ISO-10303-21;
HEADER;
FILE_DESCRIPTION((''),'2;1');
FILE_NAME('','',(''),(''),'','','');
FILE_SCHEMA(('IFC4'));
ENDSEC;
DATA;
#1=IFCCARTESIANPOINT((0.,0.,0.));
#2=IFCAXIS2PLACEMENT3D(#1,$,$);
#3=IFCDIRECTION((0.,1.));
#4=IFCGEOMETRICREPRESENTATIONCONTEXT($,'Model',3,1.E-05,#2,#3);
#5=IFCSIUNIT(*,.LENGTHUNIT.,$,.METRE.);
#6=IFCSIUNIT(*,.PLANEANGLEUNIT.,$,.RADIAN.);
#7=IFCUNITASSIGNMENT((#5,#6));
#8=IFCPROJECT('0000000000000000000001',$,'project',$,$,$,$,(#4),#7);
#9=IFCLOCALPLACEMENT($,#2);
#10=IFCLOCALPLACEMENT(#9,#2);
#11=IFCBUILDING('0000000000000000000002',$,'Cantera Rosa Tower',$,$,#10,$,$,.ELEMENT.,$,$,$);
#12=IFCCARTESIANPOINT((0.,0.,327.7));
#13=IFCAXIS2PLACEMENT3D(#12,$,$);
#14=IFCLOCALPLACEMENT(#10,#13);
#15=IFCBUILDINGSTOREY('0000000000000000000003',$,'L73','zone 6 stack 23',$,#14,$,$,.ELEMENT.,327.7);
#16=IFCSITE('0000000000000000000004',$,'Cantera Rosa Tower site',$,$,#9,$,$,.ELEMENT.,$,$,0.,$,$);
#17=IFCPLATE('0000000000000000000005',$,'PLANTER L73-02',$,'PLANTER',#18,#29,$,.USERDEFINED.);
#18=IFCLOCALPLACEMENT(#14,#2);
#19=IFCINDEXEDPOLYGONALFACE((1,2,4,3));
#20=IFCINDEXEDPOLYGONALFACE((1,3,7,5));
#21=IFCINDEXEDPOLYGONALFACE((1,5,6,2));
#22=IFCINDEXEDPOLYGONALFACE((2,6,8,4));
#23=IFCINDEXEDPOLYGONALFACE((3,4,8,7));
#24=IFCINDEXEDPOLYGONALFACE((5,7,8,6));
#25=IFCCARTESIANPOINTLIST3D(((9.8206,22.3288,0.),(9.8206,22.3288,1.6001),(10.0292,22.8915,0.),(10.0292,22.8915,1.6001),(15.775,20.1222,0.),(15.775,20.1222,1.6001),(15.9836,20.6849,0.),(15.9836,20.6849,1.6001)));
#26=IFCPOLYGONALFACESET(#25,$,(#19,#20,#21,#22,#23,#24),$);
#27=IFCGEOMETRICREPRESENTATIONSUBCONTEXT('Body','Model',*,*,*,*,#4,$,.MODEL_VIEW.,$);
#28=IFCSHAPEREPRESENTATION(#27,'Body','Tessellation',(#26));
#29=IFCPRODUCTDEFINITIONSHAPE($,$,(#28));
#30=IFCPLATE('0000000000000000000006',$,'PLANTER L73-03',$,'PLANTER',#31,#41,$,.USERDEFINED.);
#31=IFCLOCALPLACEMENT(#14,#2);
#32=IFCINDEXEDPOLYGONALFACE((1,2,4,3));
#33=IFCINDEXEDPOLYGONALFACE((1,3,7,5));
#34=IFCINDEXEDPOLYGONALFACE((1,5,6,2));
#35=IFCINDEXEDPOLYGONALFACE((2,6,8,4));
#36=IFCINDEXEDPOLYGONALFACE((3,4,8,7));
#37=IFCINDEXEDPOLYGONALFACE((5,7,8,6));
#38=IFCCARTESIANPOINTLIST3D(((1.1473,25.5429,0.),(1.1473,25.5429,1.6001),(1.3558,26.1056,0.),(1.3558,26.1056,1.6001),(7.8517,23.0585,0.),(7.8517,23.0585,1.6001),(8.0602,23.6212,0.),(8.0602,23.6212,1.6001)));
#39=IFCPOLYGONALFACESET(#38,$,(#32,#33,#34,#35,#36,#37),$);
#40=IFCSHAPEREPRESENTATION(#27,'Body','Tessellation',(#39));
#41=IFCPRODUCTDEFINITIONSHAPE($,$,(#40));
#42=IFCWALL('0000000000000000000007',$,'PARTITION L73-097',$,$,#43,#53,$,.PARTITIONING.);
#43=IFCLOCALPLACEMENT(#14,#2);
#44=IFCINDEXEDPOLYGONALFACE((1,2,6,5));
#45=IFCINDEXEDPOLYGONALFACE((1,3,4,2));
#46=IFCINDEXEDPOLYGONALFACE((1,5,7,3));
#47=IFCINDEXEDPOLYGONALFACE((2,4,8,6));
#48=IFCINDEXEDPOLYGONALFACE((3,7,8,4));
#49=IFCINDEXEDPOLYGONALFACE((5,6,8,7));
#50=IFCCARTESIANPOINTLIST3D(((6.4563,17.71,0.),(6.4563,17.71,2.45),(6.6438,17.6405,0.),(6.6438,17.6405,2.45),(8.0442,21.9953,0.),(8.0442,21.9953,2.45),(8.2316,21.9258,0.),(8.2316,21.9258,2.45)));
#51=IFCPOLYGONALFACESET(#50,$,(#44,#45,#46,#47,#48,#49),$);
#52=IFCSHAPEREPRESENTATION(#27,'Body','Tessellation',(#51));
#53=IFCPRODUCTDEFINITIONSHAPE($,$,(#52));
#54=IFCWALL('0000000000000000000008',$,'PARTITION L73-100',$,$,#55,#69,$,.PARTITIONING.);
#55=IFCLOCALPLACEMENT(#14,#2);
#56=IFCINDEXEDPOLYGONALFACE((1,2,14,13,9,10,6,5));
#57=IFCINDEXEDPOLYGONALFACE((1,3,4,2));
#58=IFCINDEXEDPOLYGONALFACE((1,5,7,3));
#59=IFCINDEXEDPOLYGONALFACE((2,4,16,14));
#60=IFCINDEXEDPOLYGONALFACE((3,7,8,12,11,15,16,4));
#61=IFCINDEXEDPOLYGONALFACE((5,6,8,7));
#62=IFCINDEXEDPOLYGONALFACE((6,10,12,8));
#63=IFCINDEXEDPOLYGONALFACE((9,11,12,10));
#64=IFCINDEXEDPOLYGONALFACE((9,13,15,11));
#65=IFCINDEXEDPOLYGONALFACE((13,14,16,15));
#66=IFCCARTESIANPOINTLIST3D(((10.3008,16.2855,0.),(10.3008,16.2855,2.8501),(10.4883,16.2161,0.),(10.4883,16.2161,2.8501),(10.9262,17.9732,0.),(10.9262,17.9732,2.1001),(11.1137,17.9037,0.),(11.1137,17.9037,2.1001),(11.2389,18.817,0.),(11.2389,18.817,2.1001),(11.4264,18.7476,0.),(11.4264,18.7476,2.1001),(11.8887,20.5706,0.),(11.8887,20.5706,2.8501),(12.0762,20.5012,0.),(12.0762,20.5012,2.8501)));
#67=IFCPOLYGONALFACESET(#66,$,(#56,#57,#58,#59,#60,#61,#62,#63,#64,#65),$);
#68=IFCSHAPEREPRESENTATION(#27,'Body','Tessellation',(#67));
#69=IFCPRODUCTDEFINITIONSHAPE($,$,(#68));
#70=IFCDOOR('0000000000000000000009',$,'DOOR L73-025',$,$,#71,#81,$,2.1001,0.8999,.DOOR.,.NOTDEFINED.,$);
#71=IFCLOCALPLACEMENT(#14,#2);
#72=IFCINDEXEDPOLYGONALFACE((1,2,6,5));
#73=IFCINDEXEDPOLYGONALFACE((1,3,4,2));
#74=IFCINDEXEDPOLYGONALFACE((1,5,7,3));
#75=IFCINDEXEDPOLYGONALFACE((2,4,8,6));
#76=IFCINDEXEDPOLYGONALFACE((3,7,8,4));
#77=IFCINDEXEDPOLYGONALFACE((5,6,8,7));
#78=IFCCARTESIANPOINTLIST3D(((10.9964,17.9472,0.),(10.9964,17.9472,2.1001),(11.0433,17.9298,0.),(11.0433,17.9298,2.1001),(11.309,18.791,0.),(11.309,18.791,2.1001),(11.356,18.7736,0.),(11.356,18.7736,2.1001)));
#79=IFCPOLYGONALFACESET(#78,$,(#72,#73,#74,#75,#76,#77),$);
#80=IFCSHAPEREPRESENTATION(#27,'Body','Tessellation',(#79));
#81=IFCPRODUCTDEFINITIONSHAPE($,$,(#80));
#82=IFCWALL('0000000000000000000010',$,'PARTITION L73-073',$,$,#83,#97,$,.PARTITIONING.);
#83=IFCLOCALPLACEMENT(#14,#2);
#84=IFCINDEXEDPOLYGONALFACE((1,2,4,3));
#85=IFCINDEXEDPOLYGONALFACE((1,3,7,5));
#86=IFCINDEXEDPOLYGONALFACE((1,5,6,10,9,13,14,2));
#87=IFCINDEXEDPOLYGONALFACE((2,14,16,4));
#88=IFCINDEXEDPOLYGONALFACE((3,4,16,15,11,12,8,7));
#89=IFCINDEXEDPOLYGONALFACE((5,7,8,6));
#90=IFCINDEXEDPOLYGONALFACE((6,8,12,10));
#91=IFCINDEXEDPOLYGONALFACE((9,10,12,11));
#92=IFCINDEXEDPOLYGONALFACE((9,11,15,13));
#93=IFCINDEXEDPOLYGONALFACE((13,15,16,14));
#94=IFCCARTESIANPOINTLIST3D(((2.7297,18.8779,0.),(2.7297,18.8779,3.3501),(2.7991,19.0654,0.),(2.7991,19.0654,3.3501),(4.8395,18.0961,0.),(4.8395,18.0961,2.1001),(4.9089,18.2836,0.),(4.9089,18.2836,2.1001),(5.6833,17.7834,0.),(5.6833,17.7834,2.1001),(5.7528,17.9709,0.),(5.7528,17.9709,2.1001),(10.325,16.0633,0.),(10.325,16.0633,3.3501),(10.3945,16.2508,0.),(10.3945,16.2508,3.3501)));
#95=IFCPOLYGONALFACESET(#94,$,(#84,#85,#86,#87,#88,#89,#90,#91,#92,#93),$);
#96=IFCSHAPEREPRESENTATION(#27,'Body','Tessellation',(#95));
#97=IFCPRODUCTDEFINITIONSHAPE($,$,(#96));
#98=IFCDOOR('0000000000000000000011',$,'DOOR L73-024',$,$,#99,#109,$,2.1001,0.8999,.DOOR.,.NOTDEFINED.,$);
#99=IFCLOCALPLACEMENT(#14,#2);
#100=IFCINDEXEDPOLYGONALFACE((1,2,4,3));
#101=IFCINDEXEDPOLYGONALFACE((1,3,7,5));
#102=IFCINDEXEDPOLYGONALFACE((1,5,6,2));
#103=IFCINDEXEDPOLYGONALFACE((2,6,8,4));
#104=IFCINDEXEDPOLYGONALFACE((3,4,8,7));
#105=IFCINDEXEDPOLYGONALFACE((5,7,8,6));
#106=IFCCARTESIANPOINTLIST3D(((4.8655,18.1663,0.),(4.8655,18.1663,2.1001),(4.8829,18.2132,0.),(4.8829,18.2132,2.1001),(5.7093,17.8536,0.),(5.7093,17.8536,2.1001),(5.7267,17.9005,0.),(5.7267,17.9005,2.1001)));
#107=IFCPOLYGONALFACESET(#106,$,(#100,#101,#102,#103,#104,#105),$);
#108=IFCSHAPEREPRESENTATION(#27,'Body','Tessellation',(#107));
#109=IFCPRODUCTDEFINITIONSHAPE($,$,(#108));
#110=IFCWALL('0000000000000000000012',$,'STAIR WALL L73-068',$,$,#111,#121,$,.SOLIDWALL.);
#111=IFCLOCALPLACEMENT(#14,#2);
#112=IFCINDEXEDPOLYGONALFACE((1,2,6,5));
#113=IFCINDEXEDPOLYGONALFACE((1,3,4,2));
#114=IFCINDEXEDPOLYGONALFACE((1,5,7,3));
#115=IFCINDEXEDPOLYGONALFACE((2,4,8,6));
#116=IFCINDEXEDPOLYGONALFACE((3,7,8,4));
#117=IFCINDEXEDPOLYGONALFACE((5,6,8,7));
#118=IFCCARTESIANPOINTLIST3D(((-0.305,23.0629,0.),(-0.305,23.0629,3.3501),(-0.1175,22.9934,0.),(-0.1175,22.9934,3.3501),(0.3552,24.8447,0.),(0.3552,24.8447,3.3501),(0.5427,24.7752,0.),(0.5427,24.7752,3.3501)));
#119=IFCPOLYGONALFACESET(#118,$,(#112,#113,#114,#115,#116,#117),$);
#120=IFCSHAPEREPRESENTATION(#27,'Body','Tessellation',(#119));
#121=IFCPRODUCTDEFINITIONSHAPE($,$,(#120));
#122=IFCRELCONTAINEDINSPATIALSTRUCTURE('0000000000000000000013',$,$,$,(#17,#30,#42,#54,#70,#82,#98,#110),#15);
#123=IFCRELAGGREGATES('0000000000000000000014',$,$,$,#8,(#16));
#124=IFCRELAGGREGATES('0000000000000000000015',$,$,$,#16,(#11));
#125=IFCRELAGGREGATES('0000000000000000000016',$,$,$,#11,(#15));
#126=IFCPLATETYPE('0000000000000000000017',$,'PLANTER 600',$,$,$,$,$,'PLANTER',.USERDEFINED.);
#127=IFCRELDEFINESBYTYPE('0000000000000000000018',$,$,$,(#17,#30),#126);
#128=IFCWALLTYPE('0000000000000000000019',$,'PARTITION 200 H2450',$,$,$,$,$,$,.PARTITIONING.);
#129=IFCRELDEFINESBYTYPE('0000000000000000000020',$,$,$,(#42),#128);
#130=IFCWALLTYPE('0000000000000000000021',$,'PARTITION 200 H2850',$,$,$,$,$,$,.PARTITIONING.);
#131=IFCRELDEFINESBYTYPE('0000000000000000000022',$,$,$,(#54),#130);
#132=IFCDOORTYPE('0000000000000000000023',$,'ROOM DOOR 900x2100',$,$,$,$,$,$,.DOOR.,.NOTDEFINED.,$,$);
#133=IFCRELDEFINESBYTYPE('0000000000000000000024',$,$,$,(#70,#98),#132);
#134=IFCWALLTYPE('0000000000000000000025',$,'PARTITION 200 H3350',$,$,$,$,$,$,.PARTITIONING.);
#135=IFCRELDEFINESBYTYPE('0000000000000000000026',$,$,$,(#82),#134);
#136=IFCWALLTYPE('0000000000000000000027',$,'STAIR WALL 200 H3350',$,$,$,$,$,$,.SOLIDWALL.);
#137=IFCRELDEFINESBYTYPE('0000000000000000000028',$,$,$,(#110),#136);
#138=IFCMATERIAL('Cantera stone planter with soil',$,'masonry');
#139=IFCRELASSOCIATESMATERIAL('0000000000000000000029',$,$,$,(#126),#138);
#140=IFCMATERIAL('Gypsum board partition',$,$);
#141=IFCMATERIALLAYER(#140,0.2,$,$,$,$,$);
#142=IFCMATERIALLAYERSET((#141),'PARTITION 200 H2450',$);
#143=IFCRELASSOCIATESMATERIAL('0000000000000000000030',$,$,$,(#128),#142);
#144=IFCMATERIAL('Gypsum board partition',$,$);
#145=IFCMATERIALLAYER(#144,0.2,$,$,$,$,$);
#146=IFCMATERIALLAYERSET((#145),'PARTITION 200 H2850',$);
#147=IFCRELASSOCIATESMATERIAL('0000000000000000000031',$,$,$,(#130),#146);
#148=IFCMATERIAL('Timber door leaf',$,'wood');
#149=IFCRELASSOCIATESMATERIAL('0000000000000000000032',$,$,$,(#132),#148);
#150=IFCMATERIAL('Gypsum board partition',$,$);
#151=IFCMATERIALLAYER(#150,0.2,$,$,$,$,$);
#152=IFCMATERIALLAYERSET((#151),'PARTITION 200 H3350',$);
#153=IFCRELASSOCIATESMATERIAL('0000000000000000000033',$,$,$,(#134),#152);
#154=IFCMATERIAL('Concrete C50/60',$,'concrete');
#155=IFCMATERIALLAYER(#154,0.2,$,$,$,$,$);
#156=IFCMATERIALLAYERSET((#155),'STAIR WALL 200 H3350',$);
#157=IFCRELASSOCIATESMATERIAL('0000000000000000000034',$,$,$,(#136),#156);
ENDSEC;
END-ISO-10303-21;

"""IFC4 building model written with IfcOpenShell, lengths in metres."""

from ifc_helpers import new_model, si_unit, direction, frame, frame_2d, origin, origin_2d, place, context, subcontext, project, spatial, rectangle, extrude, material, layer, layer_set, type_object, element, fill, save


model = new_model("IFC4")

# Units and contexts
model_context = context("Model", 3, precision=1e-05, world=origin(), true_north=direction((0.0, 1.0)))
body_context = subcontext(model_context, "Body", "Model", "MODEL_VIEW")
ifc_project = project(units=[si_unit("LENGTHUNIT", "METRE"), si_unit("PLANEANGLEUNIT", "RADIAN")], contexts=[model_context])

# Site, building, storey
site_placement = place(None, origin())
site = spatial("IfcSite", under=ifc_project, at=site_placement, Name="Cantera Rosa Tower site", CompositionType="ELEMENT", RefElevation=0.0)
building_placement = place(site_placement, origin())
building = spatial("IfcBuilding", under=site, at=building_placement, Name="Cantera Rosa Tower", CompositionType="ELEMENT")
storey_placement = place(building_placement, frame((0.0, 0.0, 327.7)))
storey = spatial("IfcBuildingStorey", under=building, at=storey_placement, Name="L73", Description="zone 6 stack 23", CompositionType="ELEMENT", Elevation=327.7)

# Plates
ifc_material_1 = material(Name="Cantera stone planter with soil", Category="masonry")
plate_type = type_object("IfcPlateType", Name="PLANTER 600", ElementType="PLANTER", PredefinedType="USERDEFINED", material=ifc_material_1)
plate_1_placement = place(storey_placement, frame((12.9021, 21.5068, 0.0), z_axis=(0.0, 0.0, 1.0), x_axis=(-0.937687, 0.347481, 0.0)))
element("IfcPlate", 1, at=plate_1_placement, inside=storey, type_object=plate_type, Name="PLANTER L73-02", ObjectType="PLANTER", PredefinedType="USERDEFINED", context=body_context, shape_type="SweptSolid", body=[
    extrude(rectangle(XDim=6.3501, YDim=0.6001, at=origin_2d()), origin(), (0.0, 0.0, 1.0), 1.6001),
])
plate_2_placement = place(storey_placement, frame((4.6038, 24.582, 0.0), z_axis=(0.0, 0.0, 1.0), x_axis=(-0.937687, 0.347481, 0.0)))
element("IfcPlate", 2, at=plate_2_placement, inside=storey, type_object=plate_type, Name="PLANTER L73-03", ObjectType="PLANTER", PredefinedType="USERDEFINED", context=body_context, shape_type="SweptSolid", body=[
    extrude(rectangle(XDim=7.1499, YDim=0.6001, at=origin_2d()), origin(), (0.0, 0.0, 1.0), 1.6001),
])

# Wall
ifc_material_2 = material(Name="Gypsum board partition")
ifc_layer_1 = layer(ifc_material_2, 0.2)
ifc_layer_set_1 = layer_set([ifc_layer_1], Name="PARTITION 200 H2450")
wall_type_1 = type_object("IfcWallType", Name="PARTITION 200 H2450", PredefinedType="PARTITIONING", material=ifc_layer_set_1)
wall_1_placement = place(storey_placement, frame((8.1379, 21.9607, 0.0), z_axis=(0.0, 0.0, 1.0), x_axis=(-0.34745, -0.937698, 0.0)))
element("IfcWall", 3, at=wall_1_placement, inside=storey, type_object=wall_type_1, Name="PARTITION L73-097", PredefinedType="PARTITIONING", context=body_context, shape_type="SweptSolid", body=[
    extrude(rectangle(XDim=4.5701, YDim=0.2, at=frame_2d((2.2852, 0.0))), origin(), (0.0, 0.0, 1.0), 2.45),
])

# Walls, openings, doors
ifc_material_3 = material(Name="Gypsum board partition")
ifc_layer_2 = layer(ifc_material_3, 0.2)
ifc_layer_set_2 = layer_set([ifc_layer_2], Name="PARTITION 200 H2850")
wall_type_2 = type_object("IfcWallType", Name="PARTITION 200 H2850", PredefinedType="PARTITIONING", material=ifc_layer_set_2)
wall_2_placement = place(storey_placement, frame((11.9824, 20.5359, 0.0), z_axis=(0.0, 0.0, 1.0), x_axis=(-0.347467, -0.937692, 0.0)))
wall_2 = element("IfcWall", 4, at=wall_2_placement, inside=storey, type_object=wall_type_2, Name="PARTITION L73-100", PredefinedType="PARTITIONING", context=body_context, shape_type="SweptSolid", body=[
    extrude(rectangle(XDim=4.5698, YDim=0.2, at=frame_2d((2.2849, 0.0))), origin(), (0.0, 0.0, 1.0), 2.8501),
])
opening_1_placement = place(wall_2_placement, frame((1.8701, 0.0, 0.0)))
opening_1 = element("IfcOpeningElement", 5, at=opening_1_placement, cuts=wall_2, PredefinedType="OPENING", context=body_context, shape_type="SweptSolid", body=[
    extrude(rectangle(XDim=0.8999, YDim=2.1001, at=frame_2d((0.45, 1.05))), frame((0.0, 0.1099, 0.0), z_axis=(0.0, -1.0, 0.0), x_axis=(1.0, 0.0, 0.0)), (0.0, 0.0, 1.0), 0.22),
])
ifc_material_4 = material(Name="Timber door leaf", Category="wood")
door_type_1 = type_object("IfcDoorType", Name="ROOM DOOR 900x2100", OperationType="NOTDEFINED", PredefinedType="DOOR", material=ifc_material_4)
door_1_placement = place(opening_1_placement, origin())
door_1 = element("IfcDoor", 6, at=door_1_placement, inside=storey, type_object=door_type_1, Name="DOOR L73-025", OperationType="NOTDEFINED", OverallHeight=2.1001, OverallWidth=0.8999, PredefinedType="DOOR", context=body_context, shape_type="SweptSolid", body=[
    extrude(rectangle(XDim=0.8999, YDim=2.1001, at=frame_2d((0.45, 1.05))), frame((0.0, 0.0249, 0.0), z_axis=(0.0, -1.0, 0.0), x_axis=(1.0, 0.0, 0.0)), (0.0, 0.0, 1.0), 0.05),
])
fill(opening_1, door_1)
ifc_material_5 = material(Name="Gypsum board partition")
ifc_layer_3 = layer(ifc_material_5, 0.2)
ifc_layer_set_3 = layer_set([ifc_layer_3], Name="PARTITION 200 H3350")
wall_type_3 = type_object("IfcWallType", Name="PARTITION 200 H3350", PredefinedType="PARTITIONING", material=ifc_layer_set_3)
wall_3_placement = place(storey_placement, frame((2.7644, 18.9717, 0.0), z_axis=(0.0, 0.0, 1.0), x_axis=(0.937686, -0.347484, 0.0)))
wall_3 = element("IfcWall", 7, at=wall_3_placement, inside=storey, type_object=wall_type_3, Name="PARTITION L73-073", PredefinedType="PARTITIONING", context=body_context, shape_type="SweptSolid", body=[
    extrude(rectangle(XDim=8.1001, YDim=0.2, at=frame_2d((4.05, 0.0))), origin(), (0.0, 0.0, 1.0), 3.3501),
])
opening_2_placement = place(wall_3_placement, frame((2.25, 0.0, 0.0)))
opening_2 = element("IfcOpeningElement", 8, at=opening_2_placement, cuts=wall_3, PredefinedType="OPENING", context=body_context, shape_type="SweptSolid", body=[
    extrude(rectangle(XDim=0.8999, YDim=2.1001, at=frame_2d((0.45, 1.05))), frame((0.0, 0.1099, 0.0), z_axis=(0.0, -1.0, 0.0), x_axis=(1.0, 0.0, 0.0)), (0.0, 0.0, 1.0), 0.22),
])
door_2_placement = place(opening_2_placement, origin())
door_2 = element("IfcDoor", 9, at=door_2_placement, inside=storey, type_object=door_type_1, Name="DOOR L73-024", OperationType="NOTDEFINED", OverallHeight=2.1001, OverallWidth=0.8999, PredefinedType="DOOR", context=body_context, shape_type="SweptSolid", body=[
    extrude(rectangle(XDim=0.8999, YDim=2.1001, at=frame_2d((0.45, 1.05))), frame((0.0, 0.0249, 0.0), z_axis=(0.0, -1.0, 0.0), x_axis=(1.0, 0.0, 0.0)), (0.0, 0.0, 1.0), 0.05),
])
fill(opening_2, door_2)

# Wall
ifc_material_6 = material(Name="Concrete C50/60", Category="concrete")
ifc_layer_4 = layer(ifc_material_6, 0.2)
ifc_layer_set_4 = layer_set([ifc_layer_4], Name="STAIR WALL 200 H3350")
wall_type_4 = type_object("IfcWallType", Name="STAIR WALL 200 H3350", PredefinedType="SOLIDWALL", material=ifc_layer_set_4)
wall_4_placement = place(storey_placement, frame((0.449, 24.8101, 0.0), z_axis=(0.0, 0.0, 1.0), x_axis=(-0.347432, -0.937705, 0.0)))
element("IfcWall", 10, at=wall_4_placement, inside=storey, type_object=wall_type_4, Name="STAIR WALL L73-068", PredefinedType="SOLIDWALL", context=body_context, shape_type="SweptSolid", body=[
    extrude(rectangle(XDim=1.9001, YDim=0.2, at=frame_2d((0.9502, 0.0))), origin(), (0.0, 0.0, 1.0), 3.3501),
])

save(model, "model.ifc")
